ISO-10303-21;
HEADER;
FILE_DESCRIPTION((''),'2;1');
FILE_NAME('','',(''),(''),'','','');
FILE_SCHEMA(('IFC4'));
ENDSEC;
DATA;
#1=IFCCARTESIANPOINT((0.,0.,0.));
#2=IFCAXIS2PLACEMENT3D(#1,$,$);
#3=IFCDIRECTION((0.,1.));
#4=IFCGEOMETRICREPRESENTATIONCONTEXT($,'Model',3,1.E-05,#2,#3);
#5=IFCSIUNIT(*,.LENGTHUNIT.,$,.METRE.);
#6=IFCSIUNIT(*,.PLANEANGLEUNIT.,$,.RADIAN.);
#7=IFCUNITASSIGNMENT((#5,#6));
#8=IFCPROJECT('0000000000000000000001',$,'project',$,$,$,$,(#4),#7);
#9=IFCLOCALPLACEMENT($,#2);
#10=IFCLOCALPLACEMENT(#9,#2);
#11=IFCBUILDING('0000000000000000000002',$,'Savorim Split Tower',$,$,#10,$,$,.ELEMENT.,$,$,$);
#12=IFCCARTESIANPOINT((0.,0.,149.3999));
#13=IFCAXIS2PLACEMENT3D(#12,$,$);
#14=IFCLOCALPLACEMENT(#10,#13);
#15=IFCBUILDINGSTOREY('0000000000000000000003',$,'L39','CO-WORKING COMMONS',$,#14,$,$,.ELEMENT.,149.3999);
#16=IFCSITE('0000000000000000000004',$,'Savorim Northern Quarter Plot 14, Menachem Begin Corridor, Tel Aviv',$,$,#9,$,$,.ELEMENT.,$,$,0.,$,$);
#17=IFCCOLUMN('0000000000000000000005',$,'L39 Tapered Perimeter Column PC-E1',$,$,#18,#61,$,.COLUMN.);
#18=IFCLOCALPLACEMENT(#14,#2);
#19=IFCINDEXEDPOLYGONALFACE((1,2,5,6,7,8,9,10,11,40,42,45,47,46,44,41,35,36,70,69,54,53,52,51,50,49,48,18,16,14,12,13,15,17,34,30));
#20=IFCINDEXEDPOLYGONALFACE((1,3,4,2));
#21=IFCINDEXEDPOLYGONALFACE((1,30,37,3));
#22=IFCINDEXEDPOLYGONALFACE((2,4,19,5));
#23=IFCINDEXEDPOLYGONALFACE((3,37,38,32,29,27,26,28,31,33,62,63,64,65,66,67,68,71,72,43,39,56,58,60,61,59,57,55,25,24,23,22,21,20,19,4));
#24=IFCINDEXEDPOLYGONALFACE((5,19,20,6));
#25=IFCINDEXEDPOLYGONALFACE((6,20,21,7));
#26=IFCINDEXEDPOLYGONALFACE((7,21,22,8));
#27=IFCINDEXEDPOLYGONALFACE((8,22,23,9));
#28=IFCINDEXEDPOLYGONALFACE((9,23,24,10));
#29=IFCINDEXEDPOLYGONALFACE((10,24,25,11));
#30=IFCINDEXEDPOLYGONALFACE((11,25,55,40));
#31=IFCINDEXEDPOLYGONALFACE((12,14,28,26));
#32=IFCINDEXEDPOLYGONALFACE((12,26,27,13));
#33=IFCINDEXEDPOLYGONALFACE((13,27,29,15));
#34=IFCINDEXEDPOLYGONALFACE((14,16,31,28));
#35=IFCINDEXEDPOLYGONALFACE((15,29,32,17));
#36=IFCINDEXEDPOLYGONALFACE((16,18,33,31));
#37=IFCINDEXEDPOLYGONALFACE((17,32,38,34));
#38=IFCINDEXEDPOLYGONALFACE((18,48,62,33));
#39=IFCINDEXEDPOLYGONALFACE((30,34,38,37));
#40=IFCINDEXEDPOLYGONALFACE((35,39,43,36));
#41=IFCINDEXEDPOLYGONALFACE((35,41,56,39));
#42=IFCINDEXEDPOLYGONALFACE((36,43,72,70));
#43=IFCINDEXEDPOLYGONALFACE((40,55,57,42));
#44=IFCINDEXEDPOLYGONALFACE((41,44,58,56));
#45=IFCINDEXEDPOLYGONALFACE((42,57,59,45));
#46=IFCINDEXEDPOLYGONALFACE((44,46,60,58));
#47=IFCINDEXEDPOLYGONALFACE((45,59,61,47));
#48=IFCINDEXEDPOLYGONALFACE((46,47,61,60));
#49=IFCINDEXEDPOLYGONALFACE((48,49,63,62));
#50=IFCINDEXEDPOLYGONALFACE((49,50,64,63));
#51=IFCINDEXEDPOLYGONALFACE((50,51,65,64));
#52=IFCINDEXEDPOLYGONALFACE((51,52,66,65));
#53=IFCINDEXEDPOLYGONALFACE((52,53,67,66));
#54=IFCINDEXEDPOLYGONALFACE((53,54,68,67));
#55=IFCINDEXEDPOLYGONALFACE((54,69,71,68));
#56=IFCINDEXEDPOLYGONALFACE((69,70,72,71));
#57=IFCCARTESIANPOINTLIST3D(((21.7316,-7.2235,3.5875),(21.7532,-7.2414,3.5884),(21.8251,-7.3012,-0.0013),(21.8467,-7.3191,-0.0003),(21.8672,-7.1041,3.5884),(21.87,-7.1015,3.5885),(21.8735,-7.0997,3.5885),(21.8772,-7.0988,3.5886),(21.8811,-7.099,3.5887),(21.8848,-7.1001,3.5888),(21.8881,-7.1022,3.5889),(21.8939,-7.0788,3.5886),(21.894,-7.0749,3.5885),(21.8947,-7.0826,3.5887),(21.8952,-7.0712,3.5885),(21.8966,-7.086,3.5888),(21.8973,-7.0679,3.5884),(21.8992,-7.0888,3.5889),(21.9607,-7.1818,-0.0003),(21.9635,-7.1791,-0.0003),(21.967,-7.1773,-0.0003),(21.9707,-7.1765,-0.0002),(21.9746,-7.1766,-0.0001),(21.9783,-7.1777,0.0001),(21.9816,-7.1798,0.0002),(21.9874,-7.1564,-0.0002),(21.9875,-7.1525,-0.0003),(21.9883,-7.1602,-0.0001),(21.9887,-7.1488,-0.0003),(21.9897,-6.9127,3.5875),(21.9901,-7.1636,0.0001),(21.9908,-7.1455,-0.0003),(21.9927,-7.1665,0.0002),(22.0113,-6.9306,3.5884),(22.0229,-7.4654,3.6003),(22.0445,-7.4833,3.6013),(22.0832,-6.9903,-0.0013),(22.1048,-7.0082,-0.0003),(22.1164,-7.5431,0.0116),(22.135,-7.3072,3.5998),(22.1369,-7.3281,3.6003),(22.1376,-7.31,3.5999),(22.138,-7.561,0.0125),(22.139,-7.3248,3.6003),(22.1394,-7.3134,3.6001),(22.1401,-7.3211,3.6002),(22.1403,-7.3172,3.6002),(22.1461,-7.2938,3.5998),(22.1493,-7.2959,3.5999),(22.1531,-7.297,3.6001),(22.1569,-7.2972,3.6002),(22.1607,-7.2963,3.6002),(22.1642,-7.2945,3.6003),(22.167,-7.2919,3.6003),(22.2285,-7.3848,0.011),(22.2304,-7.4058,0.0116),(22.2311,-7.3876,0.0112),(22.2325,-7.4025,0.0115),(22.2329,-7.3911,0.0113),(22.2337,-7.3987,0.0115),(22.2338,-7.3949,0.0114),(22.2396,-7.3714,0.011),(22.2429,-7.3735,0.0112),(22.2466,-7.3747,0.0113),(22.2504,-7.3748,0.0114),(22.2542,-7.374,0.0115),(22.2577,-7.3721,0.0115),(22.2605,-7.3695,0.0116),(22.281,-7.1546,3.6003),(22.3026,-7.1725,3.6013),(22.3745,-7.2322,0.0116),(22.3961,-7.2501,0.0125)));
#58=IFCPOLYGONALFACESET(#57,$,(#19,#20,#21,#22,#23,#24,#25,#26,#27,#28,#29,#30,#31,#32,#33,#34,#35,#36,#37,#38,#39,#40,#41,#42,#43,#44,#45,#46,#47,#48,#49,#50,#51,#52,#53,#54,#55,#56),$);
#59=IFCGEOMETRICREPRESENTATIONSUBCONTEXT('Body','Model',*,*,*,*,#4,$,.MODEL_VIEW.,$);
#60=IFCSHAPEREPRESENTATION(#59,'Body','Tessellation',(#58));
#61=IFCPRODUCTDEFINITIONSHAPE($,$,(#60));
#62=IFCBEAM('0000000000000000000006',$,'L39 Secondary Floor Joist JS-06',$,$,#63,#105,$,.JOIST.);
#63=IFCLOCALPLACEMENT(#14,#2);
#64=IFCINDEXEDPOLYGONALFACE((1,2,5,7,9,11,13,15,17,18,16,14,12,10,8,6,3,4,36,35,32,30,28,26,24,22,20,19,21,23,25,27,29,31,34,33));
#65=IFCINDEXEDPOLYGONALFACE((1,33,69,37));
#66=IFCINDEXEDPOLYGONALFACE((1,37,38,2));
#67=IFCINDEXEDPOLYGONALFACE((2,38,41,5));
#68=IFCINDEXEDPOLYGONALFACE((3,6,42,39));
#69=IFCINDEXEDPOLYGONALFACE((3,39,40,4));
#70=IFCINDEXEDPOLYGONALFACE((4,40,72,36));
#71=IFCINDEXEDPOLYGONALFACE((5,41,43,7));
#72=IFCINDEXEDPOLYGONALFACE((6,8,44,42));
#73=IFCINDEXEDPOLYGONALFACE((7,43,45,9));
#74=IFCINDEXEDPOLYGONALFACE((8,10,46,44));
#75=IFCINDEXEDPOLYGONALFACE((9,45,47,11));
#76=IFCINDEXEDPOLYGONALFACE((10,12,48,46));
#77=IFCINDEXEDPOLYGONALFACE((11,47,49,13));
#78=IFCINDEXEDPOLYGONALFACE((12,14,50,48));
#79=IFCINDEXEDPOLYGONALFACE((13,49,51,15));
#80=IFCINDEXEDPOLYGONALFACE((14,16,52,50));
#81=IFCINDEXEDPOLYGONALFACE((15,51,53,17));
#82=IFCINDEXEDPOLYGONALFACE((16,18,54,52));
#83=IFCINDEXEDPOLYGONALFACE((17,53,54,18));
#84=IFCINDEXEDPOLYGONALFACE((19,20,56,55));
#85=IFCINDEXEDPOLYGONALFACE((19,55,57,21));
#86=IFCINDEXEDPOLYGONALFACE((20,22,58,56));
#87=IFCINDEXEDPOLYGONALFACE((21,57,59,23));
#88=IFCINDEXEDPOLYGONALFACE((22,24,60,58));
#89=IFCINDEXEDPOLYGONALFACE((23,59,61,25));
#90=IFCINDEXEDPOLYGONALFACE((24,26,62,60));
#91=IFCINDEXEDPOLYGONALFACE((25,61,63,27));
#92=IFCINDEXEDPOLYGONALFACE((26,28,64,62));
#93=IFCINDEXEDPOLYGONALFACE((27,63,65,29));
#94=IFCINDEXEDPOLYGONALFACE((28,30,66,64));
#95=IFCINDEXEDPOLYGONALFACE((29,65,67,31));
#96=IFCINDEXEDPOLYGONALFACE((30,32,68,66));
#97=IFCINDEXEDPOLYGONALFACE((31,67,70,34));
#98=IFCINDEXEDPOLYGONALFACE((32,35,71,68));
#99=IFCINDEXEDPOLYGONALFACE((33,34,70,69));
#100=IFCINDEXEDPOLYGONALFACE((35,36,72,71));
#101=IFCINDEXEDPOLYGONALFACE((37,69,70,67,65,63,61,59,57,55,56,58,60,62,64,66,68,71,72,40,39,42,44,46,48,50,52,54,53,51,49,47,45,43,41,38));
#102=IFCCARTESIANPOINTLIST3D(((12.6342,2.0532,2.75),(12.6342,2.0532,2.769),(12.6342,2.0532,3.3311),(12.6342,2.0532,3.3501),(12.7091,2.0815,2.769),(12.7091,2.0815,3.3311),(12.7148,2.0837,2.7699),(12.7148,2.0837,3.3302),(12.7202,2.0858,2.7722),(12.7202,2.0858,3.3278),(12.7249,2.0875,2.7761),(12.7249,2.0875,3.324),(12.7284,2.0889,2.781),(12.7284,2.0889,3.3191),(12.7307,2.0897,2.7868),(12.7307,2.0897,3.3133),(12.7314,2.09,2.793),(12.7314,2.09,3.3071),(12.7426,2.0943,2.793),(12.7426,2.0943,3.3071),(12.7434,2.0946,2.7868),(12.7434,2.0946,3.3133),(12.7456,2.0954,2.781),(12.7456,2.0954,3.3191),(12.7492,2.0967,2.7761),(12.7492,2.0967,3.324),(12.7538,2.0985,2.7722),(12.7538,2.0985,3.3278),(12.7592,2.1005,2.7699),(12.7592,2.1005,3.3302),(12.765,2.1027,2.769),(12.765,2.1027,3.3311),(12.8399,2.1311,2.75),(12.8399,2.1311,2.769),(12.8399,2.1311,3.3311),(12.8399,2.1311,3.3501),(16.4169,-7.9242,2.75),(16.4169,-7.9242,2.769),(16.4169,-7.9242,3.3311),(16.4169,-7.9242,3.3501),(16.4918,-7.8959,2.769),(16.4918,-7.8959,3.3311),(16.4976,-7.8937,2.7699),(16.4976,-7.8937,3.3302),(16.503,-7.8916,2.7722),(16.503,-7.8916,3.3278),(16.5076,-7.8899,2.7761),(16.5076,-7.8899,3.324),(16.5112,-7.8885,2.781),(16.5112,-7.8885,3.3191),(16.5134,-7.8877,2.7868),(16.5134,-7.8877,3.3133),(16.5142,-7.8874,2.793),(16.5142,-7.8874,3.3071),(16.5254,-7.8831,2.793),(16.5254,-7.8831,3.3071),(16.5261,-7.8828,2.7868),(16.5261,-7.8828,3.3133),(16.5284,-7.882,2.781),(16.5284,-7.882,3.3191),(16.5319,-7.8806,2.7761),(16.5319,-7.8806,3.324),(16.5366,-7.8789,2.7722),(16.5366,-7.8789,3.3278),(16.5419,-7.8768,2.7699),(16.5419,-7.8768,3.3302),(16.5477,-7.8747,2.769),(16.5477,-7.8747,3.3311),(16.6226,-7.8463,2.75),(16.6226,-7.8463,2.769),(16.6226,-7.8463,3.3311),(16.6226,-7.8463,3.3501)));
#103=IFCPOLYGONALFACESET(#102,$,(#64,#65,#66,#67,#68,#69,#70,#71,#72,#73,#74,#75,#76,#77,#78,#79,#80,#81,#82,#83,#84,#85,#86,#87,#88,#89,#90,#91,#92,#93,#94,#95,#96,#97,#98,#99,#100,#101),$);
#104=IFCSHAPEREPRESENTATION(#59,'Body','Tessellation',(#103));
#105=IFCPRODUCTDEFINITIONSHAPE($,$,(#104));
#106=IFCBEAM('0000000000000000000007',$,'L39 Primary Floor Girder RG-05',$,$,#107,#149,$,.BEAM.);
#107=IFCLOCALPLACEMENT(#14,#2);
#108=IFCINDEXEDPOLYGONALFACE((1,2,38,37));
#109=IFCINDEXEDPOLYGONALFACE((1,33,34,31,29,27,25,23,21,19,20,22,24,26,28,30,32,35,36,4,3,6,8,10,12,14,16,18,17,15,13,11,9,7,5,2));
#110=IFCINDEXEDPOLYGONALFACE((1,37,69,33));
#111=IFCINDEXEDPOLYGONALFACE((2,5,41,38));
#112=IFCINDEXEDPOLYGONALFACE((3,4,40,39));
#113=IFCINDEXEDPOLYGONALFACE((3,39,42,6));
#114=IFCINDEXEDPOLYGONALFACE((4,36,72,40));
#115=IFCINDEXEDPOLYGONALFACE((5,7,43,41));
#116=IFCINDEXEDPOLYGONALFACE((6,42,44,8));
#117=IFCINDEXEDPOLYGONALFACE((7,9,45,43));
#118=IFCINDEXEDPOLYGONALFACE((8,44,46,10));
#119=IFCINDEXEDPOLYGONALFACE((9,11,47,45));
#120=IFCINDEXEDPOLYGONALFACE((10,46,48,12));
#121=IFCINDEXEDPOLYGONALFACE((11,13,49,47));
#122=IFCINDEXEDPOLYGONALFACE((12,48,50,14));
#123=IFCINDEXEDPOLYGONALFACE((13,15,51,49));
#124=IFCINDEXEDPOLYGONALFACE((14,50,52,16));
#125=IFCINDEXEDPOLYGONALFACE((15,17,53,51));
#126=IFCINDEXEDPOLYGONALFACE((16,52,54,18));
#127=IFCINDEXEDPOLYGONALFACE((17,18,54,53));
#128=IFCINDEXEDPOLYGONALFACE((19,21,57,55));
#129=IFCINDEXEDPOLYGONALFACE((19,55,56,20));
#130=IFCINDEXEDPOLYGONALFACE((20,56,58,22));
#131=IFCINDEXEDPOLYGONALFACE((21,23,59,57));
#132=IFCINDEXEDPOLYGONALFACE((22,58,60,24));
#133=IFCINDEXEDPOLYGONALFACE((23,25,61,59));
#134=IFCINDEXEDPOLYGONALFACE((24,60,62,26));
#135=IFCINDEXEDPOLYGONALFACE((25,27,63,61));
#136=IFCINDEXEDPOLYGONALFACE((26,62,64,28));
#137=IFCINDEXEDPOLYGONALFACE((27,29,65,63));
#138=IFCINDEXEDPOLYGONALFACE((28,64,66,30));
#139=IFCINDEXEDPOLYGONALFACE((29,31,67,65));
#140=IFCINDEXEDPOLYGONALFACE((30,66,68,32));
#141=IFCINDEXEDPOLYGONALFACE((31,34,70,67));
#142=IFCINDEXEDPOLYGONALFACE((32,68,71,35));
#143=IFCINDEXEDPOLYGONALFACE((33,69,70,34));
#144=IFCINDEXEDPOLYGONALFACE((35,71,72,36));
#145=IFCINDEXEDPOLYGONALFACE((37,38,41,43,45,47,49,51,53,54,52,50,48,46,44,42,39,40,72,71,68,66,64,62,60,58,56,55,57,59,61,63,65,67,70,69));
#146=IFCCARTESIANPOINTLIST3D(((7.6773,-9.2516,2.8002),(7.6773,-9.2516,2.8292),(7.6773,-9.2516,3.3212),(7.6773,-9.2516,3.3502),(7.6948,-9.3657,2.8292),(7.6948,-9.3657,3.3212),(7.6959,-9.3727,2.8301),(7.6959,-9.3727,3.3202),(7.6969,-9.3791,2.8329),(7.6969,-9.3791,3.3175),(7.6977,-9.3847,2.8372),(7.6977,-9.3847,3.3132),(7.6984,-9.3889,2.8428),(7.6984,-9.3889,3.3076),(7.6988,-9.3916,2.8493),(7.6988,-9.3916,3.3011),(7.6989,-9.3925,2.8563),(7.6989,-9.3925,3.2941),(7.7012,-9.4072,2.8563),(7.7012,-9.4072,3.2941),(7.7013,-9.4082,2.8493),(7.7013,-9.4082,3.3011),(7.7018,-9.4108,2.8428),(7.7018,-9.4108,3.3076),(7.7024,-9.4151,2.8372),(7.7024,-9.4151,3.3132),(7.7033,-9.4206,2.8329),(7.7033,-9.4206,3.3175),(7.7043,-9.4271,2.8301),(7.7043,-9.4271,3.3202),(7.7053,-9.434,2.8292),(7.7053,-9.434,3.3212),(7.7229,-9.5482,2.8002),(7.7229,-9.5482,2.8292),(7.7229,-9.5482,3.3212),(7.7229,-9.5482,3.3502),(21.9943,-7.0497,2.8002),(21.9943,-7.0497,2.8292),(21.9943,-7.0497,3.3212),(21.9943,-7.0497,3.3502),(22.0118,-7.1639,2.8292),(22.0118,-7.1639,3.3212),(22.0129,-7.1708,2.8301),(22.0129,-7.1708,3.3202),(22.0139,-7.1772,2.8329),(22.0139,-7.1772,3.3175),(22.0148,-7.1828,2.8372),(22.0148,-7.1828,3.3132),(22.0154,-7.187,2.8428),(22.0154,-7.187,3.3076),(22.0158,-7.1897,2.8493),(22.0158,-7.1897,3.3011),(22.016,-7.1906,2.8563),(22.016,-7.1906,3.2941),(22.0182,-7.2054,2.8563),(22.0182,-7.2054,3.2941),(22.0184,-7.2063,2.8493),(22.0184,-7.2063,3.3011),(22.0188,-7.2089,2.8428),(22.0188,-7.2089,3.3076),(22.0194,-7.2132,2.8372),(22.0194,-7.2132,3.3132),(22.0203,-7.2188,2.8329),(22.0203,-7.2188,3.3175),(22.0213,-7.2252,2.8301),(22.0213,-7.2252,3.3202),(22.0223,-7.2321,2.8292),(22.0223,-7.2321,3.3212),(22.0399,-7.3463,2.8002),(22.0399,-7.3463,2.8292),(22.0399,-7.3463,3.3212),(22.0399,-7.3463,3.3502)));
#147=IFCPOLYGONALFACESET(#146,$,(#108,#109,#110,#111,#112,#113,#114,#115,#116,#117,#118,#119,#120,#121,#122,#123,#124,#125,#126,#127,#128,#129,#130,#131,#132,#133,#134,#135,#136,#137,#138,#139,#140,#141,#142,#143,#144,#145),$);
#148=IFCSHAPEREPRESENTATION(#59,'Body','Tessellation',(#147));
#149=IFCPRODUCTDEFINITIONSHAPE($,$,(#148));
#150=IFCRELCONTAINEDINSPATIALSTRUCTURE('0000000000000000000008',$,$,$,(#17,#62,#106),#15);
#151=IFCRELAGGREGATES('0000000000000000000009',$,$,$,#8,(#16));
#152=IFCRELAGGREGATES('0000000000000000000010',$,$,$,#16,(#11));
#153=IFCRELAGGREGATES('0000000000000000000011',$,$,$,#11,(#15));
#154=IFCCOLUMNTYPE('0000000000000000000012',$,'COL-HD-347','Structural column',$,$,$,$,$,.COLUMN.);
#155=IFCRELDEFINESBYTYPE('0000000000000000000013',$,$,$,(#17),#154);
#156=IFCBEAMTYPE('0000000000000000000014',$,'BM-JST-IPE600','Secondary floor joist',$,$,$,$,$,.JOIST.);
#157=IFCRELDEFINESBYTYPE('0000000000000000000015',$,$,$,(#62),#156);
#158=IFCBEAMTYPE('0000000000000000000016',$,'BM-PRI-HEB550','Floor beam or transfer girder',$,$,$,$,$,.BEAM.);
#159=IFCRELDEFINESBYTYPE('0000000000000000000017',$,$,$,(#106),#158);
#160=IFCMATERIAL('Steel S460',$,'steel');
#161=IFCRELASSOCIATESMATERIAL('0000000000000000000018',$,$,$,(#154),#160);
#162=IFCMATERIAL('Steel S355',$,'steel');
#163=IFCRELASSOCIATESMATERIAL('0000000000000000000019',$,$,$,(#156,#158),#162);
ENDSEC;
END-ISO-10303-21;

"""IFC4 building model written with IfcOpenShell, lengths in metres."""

from ifc_helpers import new_model, si_unit, direction, frame, origin, origin_2d, place, context, subcontext, project, spatial, i_section, extrude, material, material_profile, profile_set, type_object, element, save


model = new_model("IFC4")

# Units and contexts
model_context = context("Model", 3, precision=1e-05, world=origin(), true_north=direction((0.0, 1.0)))
body_context = subcontext(model_context, "Body", "Model", "MODEL_VIEW")
ifc_project = project(units=[si_unit("LENGTHUNIT", "METRE"), si_unit("PLANEANGLEUNIT", "RADIAN")], contexts=[model_context])

# Site, building, storey
site_placement = place(None, origin())
site = spatial("IfcSite", under=ifc_project, at=site_placement, Name="Savorim Northern Quarter Plot 14, Menachem Begin Corridor, Tel Aviv", CompositionType="ELEMENT", RefElevation=0.0)
building_placement = place(site_placement, origin())
building = spatial("IfcBuilding", under=site, at=building_placement, Name="Savorim Split Tower", CompositionType="ELEMENT")
storey_placement = place(building_placement, frame((0.0, 0.0, 149.3999)))
storey = spatial("IfcBuildingStorey", under=building, at=storey_placement, Name="L39", Description="CO-WORKING COMMONS", CompositionType="ELEMENT", Elevation=149.3999)

# Column
ifc_material_1 = material(Name="Steel S460", Category="steel")
ifc_material_profile_1 = material_profile(ifc_material_1, i_section(OverallWidth=0.4041, OverallDepth=0.407, WebThickness=0.0173, FlangeThickness=0.0281, FilletRadius=0.0149, at=origin_2d()), Name="HD 400x347")
ifc_profile_set_1 = profile_set([ifc_material_profile_1], Name="Steel S460")
column_type = type_object("IfcColumnType", Name="COL-HD-347", Description="Structural column", PredefinedType="COLUMN", material=ifc_profile_set_1)
column_placement = place(storey_placement, frame((22.1106, -7.2756, 0.0056), z_axis=(-0.026039, 0.02162, 0.999427), x_axis=(-0.6388, -0.769373, 0.0)))
element("IfcColumn", 1, at=column_placement, inside=storey, type_object=column_type, Name="L39 Tapered Perimeter Column PC-E1", PredefinedType="COLUMN", context=body_context, shape_type="SweptSolid", body=[
    extrude(i_section(OverallWidth=0.4041, OverallDepth=0.407, WebThickness=0.0173, FlangeThickness=0.0281, FilletRadius=0.0149, at=origin_2d()), origin(), (0.0, 0.0, 1.0), 3.5908),
])

# Beams
ifc_material_2 = material(Name="Steel S355", Category="steel")
ifc_material_profile_2 = material_profile(ifc_material_2, i_section(OverallWidth=0.22, OverallDepth=0.6001, WebThickness=0.012, FlangeThickness=0.019, FilletRadius=0.0239, at=origin_2d()), Name="IPE 600")
ifc_profile_set_2 = profile_set([ifc_material_profile_2], Name="Steel S355")
beam_type_1 = type_object("IfcBeamType", Name="BM-JST-IPE600", Description="Secondary floor joist", PredefinedType="JOIST", material=ifc_profile_set_2)
beam_1_placement = place(storey_placement, frame((16.5198, -7.8853, 3.05), z_axis=(-0.354509, 0.935053, 0.0), x_axis=(-0.935053, -0.354509, 0.0)))
element("IfcBeam", 2, at=beam_1_placement, inside=storey, type_object=beam_type_1, Name="L39 Secondary Floor Joist JS-06", PredefinedType="JOIST", context=body_context, shape_type="SweptSolid", body=[
    extrude(i_section(OverallWidth=0.22, OverallDepth=0.6001, WebThickness=0.012, FlangeThickness=0.019, FilletRadius=0.0239, at=origin_2d()), origin(), (0.0, 0.0, 1.0), 10.6704),
])
ifc_material_profile_3 = material_profile(ifc_material_2, i_section(OverallWidth=0.3, OverallDepth=0.55, WebThickness=0.0149, FlangeThickness=0.0291, FilletRadius=0.0271, at=origin_2d()), Name="HEB 550")
ifc_profile_set_3 = profile_set([ifc_material_profile_3], Name="Steel S355")
beam_type_2 = type_object("IfcBeamType", Name="BM-PRI-HEB550", Description="Floor beam or transfer girder", PredefinedType="BEAM", material=ifc_profile_set_3)
beam_2_placement = place(storey_placement, frame((22.0171, -7.198, 3.0752), z_axis=(-0.988379, -0.152008, 0.0), x_axis=(0.152008, -0.988379, 0.0)))
element("IfcBeam", 3, at=beam_2_placement, inside=storey, type_object=beam_type_2, Name="L39 Primary Floor Girder RG-05", PredefinedType="BEAM", context=body_context, shape_type="SweptSolid", body=[
    extrude(i_section(OverallWidth=0.3, OverallDepth=0.55, WebThickness=0.0149, FlangeThickness=0.0291, FilletRadius=0.0271, at=origin_2d()), origin(), (0.0, 0.0, 1.0), 14.4854),
])

save(model, "model.ifc")
